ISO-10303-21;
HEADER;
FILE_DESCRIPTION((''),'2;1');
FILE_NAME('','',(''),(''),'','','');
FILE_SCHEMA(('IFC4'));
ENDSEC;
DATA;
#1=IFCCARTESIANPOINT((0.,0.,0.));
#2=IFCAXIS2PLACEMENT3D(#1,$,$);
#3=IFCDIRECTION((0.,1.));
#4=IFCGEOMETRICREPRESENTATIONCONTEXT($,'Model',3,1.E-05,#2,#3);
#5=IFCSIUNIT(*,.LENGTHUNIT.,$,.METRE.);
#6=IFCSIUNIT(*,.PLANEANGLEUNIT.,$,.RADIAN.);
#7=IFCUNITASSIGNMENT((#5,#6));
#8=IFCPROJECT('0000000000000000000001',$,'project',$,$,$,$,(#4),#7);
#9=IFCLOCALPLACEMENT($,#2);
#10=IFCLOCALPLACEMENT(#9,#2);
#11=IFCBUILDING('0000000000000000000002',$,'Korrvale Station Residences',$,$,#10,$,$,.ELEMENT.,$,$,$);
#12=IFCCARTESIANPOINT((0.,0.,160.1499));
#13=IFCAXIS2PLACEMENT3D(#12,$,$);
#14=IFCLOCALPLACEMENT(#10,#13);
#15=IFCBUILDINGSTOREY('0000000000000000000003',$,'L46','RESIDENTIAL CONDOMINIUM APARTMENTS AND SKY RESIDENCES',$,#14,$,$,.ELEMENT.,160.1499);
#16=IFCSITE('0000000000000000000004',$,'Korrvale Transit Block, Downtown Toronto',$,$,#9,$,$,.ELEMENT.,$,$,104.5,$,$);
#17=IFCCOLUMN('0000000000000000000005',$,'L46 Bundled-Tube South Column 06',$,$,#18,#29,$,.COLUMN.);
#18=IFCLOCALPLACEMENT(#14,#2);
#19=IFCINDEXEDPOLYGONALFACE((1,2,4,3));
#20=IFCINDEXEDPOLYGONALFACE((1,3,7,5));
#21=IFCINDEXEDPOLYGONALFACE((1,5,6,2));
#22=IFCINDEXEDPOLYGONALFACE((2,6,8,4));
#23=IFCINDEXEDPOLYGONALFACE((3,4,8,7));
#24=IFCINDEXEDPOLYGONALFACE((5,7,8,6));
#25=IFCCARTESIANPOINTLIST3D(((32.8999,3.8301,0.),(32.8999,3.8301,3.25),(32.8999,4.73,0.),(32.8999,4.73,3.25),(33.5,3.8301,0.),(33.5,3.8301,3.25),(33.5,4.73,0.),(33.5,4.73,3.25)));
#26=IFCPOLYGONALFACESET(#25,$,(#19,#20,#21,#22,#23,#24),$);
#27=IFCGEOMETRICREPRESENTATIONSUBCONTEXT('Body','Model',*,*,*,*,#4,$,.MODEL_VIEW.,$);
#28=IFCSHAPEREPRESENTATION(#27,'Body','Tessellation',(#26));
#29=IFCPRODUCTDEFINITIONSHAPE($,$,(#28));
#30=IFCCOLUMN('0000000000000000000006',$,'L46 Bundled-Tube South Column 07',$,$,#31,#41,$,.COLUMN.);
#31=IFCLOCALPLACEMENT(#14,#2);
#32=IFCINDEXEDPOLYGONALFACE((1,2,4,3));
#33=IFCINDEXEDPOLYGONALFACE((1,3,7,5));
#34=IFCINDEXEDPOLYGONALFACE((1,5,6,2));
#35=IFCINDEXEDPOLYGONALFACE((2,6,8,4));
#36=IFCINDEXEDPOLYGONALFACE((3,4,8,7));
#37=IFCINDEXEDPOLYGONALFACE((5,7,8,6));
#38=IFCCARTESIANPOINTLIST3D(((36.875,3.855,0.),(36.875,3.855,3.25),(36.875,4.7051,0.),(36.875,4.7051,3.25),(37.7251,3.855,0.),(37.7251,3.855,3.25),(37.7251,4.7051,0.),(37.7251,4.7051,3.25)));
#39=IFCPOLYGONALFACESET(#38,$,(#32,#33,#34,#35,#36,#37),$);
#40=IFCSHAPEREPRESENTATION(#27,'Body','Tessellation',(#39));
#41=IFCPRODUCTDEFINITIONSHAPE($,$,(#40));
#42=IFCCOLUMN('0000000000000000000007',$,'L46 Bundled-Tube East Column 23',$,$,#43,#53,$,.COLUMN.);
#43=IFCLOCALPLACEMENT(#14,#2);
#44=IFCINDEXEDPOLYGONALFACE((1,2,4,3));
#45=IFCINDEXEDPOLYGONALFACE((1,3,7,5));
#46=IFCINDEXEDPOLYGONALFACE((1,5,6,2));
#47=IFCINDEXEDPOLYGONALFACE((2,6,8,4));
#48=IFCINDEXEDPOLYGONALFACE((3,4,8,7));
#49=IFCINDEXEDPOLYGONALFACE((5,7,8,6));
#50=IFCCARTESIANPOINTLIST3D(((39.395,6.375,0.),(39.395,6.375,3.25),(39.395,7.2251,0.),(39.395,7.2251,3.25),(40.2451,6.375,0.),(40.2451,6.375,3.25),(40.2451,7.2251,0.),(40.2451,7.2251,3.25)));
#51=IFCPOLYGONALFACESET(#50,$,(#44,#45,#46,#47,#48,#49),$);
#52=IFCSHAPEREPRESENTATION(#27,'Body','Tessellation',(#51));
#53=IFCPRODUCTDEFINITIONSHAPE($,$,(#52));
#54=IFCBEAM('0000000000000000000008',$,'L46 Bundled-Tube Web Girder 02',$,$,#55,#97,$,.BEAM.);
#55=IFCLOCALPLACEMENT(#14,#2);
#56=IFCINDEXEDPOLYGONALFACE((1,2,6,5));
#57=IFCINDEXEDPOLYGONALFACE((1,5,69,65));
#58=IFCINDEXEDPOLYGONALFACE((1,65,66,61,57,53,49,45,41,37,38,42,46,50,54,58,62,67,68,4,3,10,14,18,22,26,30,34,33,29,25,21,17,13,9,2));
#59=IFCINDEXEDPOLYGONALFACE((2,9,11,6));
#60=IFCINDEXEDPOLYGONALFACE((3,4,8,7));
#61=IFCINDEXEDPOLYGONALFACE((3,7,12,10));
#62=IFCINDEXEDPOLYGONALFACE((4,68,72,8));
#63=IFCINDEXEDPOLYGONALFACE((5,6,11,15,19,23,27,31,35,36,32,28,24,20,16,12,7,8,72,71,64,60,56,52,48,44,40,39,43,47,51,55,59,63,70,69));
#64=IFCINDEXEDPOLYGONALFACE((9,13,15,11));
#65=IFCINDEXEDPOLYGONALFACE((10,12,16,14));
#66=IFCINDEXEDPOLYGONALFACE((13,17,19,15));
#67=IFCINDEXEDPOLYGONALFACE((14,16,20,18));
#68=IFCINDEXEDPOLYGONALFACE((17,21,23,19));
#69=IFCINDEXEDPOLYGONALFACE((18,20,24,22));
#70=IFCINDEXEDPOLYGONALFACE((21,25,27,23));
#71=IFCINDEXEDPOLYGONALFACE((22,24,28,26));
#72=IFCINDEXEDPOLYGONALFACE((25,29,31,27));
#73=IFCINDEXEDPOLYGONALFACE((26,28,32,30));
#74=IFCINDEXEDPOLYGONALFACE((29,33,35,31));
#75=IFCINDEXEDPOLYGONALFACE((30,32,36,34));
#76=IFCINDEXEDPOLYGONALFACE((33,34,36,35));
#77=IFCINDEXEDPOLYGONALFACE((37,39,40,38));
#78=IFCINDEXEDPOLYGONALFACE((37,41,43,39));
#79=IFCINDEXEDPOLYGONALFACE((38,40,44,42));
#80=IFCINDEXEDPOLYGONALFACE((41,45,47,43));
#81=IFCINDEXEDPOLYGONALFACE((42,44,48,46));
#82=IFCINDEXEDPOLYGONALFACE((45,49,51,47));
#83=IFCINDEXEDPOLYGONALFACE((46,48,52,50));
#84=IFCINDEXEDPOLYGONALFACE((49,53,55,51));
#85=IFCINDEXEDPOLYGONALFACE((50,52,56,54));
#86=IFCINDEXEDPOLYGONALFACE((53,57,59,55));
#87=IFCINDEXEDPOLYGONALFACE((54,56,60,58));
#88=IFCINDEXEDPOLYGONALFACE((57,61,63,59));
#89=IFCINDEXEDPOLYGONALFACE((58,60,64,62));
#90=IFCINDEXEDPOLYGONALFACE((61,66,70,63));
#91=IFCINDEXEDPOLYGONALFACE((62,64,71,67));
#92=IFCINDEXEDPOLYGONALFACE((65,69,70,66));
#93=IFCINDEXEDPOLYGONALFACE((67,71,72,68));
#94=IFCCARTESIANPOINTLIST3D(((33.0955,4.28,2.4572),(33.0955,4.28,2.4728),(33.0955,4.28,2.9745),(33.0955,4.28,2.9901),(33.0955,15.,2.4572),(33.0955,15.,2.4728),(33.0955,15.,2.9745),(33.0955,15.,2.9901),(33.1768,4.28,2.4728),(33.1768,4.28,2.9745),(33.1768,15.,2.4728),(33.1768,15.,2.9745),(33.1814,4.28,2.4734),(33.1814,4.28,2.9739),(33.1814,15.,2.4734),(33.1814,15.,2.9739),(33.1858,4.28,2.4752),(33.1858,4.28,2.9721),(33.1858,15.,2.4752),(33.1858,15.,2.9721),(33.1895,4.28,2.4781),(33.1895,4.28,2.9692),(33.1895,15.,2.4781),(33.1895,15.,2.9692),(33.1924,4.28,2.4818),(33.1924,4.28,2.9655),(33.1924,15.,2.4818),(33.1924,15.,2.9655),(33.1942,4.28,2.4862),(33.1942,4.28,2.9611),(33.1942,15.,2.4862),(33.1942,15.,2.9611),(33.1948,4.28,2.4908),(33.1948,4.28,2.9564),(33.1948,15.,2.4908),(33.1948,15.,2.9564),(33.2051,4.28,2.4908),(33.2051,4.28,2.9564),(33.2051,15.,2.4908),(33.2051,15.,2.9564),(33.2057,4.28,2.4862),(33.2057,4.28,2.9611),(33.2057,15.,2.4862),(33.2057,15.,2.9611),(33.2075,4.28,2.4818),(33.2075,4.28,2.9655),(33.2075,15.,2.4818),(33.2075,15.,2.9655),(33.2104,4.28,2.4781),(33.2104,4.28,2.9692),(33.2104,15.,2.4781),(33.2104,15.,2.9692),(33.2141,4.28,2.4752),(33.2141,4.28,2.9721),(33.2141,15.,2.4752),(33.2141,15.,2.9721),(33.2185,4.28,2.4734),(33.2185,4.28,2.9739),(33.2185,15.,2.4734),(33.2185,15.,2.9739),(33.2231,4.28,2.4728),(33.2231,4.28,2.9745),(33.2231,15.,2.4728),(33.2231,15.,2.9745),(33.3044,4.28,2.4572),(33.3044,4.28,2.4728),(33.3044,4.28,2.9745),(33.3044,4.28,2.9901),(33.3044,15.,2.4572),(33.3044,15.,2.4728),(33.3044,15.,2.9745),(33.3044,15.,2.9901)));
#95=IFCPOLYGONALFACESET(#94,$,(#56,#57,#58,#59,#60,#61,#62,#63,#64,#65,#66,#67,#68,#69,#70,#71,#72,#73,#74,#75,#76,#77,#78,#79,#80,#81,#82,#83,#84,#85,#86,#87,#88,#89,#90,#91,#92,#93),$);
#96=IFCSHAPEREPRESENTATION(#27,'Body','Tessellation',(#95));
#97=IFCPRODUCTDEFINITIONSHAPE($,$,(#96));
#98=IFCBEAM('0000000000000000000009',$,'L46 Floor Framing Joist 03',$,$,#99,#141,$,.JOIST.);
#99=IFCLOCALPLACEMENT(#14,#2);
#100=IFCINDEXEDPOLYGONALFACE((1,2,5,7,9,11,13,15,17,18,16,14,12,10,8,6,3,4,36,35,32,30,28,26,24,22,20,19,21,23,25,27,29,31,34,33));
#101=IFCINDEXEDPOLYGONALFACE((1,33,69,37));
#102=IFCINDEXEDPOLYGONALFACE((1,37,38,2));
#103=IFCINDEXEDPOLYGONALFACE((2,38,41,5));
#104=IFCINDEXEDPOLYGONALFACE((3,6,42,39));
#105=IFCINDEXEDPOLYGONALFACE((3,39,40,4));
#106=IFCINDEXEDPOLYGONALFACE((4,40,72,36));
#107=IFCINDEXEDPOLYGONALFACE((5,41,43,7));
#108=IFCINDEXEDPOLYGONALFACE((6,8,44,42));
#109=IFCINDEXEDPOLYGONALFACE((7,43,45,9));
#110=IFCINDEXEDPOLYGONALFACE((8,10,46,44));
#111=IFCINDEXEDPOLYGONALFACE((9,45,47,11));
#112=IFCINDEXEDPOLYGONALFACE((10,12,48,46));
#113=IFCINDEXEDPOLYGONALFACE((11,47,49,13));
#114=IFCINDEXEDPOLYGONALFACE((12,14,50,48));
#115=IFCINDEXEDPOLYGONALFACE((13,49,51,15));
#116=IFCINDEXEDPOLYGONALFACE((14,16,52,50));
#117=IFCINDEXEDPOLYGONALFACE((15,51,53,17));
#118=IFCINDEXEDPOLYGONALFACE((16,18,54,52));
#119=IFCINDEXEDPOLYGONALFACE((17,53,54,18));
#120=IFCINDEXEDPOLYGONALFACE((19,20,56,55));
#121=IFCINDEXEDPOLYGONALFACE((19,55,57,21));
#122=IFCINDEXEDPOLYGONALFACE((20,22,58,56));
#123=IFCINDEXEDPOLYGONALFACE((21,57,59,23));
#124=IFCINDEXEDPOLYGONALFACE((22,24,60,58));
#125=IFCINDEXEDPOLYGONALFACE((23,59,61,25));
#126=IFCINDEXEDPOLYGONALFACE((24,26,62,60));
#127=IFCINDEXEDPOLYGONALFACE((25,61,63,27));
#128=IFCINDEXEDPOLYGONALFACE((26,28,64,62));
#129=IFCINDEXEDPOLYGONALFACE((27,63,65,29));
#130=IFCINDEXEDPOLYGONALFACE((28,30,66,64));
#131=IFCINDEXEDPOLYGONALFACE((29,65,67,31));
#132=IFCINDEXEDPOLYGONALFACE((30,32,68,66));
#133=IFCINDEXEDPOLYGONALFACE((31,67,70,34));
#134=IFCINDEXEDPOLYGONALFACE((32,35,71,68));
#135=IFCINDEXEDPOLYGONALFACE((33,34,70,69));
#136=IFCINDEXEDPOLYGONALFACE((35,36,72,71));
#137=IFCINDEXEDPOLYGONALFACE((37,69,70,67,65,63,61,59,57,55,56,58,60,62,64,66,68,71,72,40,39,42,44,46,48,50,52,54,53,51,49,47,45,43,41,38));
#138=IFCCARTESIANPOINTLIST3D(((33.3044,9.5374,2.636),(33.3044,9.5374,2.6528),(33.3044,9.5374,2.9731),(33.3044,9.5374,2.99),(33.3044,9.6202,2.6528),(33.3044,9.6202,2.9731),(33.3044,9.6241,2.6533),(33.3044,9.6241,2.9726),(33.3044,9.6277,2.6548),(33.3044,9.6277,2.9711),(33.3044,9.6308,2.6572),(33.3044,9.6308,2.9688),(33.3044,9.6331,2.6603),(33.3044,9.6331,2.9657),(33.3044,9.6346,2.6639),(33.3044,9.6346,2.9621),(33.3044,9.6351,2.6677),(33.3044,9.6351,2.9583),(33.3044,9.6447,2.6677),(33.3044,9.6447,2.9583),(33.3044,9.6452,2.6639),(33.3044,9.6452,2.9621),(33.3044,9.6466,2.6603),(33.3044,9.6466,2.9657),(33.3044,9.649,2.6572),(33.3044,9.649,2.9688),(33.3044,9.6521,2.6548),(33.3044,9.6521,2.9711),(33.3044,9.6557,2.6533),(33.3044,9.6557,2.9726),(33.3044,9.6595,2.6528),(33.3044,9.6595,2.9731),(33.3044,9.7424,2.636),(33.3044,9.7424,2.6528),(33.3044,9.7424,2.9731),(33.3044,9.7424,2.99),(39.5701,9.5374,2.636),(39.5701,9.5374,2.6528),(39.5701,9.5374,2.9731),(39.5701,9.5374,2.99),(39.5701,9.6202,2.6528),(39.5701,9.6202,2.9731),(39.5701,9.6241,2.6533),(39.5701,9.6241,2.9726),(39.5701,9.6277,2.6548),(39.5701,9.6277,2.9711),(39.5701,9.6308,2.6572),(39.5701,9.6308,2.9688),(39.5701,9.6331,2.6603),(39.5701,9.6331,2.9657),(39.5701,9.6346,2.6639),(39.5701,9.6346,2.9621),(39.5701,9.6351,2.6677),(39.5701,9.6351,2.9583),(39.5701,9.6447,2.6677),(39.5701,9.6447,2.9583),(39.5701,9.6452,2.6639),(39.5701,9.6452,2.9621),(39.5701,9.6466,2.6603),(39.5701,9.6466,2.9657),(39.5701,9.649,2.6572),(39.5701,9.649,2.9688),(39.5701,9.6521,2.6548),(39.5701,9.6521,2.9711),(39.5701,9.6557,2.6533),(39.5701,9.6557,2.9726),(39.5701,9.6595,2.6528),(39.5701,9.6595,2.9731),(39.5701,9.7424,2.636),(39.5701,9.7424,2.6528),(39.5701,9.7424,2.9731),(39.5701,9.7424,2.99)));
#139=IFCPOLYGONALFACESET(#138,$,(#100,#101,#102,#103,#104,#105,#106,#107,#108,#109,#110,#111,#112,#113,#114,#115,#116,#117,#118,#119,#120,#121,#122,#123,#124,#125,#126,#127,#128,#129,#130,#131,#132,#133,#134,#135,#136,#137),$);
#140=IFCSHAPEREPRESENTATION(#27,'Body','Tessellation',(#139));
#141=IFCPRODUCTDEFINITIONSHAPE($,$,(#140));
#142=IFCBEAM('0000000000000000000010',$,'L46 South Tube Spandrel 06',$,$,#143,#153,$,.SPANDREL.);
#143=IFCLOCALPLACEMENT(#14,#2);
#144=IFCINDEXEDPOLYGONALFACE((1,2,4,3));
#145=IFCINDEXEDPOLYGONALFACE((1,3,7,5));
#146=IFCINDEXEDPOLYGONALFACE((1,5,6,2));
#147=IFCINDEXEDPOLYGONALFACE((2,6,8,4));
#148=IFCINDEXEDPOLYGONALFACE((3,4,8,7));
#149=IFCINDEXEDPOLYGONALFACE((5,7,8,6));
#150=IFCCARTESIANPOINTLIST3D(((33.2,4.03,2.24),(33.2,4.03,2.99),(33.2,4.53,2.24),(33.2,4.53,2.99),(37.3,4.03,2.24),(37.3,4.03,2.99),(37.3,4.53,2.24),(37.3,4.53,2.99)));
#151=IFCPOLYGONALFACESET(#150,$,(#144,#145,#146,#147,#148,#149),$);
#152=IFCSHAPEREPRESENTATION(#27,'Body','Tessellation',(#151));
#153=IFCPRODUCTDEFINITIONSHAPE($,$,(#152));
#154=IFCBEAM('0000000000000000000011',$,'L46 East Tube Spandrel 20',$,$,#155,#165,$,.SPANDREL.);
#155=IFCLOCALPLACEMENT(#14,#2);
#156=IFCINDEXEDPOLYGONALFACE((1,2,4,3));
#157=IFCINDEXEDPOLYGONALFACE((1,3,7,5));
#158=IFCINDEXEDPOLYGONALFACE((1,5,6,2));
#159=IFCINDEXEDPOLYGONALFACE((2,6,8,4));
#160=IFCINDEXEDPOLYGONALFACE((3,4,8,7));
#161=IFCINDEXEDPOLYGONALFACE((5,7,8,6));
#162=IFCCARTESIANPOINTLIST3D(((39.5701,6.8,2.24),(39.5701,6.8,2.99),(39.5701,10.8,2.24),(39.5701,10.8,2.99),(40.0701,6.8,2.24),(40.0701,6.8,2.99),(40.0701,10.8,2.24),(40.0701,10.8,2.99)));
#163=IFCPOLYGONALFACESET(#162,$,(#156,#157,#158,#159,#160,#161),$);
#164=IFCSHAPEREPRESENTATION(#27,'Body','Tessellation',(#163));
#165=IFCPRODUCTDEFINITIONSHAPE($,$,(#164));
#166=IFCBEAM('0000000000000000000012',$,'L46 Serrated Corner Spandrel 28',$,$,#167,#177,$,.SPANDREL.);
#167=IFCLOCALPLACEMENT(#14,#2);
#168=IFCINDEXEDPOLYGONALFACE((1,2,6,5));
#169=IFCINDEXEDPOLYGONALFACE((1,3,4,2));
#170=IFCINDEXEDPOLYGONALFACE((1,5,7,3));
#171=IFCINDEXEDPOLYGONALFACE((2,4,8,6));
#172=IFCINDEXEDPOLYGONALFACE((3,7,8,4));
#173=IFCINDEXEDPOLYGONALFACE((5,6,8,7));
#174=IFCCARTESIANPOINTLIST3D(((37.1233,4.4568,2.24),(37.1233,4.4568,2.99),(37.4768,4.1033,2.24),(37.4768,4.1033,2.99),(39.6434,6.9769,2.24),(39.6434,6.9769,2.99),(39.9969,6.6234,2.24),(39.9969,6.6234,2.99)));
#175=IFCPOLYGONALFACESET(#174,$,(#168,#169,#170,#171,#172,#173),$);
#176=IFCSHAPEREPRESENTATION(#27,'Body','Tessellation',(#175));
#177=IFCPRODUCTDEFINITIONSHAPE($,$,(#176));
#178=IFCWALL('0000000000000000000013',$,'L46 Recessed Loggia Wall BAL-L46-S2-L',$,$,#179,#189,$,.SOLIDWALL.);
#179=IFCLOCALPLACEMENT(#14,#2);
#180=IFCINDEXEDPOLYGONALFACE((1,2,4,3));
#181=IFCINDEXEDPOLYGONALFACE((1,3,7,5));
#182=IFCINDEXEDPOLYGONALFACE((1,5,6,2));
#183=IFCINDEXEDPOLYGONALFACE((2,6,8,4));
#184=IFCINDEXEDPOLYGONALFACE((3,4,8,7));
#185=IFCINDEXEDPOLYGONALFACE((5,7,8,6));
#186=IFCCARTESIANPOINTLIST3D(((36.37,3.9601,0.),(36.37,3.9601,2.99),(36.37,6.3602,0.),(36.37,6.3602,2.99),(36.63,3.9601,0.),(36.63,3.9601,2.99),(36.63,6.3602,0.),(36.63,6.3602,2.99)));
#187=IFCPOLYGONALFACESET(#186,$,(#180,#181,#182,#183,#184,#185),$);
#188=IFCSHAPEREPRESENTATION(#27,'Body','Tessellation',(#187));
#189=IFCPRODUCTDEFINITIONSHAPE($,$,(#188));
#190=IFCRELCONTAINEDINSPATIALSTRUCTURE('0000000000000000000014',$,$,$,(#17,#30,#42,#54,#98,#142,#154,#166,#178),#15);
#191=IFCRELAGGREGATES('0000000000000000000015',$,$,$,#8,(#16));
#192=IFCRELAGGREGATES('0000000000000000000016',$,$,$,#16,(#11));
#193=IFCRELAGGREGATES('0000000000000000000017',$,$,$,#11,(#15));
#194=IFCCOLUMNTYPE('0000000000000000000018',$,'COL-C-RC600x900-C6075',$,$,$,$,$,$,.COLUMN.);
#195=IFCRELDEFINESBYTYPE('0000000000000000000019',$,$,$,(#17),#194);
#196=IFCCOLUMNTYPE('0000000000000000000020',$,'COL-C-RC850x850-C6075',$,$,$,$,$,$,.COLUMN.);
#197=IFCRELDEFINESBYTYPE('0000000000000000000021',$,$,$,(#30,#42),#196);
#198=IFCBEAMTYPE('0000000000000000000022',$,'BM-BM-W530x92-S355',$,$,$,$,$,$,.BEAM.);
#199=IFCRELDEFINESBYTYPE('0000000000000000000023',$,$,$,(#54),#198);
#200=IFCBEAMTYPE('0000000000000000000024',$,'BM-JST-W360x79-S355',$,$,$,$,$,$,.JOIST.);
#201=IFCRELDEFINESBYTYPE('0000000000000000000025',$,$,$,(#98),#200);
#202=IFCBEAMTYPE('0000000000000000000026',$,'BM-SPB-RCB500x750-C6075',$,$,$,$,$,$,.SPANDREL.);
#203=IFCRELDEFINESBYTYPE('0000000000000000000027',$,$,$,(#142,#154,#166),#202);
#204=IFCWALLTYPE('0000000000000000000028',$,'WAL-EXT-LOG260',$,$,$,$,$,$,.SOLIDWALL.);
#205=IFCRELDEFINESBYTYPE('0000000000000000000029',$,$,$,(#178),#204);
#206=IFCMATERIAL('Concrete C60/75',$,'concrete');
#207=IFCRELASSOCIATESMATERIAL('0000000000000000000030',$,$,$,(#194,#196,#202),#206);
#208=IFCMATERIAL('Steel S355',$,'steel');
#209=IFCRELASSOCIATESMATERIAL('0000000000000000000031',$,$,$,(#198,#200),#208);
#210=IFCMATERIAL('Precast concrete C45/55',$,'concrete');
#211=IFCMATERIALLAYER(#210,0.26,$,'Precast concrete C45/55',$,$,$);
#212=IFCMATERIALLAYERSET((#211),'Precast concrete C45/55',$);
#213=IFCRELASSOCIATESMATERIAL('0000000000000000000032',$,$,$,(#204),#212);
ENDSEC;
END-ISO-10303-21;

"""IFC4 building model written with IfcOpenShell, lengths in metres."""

from ifc_helpers import new_model, si_unit, direction, frame, frame_2d, origin, origin_2d, place, context, subcontext, project, spatial, rectangle, i_section, extrude, material, layer, layer_set, material_profile, profile_set, type_object, element, save


model = new_model("IFC4")

# Units and contexts
model_context = context("Model", 3, precision=1e-05, world=origin(), true_north=direction((0.0, 1.0)))
body_context = subcontext(model_context, "Body", "Model", "MODEL_VIEW")
ifc_project = project(units=[si_unit("LENGTHUNIT", "METRE"), si_unit("PLANEANGLEUNIT", "RADIAN")], contexts=[model_context])

# Site, building, storey
site_placement = place(None, origin())
site = spatial("IfcSite", under=ifc_project, at=site_placement, Name="Korrvale Transit Block, Downtown Toronto", CompositionType="ELEMENT", RefElevation=104.5)
building_placement = place(site_placement, origin())
building = spatial("IfcBuilding", under=site, at=building_placement, Name="Korrvale Station Residences", CompositionType="ELEMENT")
storey_placement = place(building_placement, frame((0.0, 0.0, 160.1499)))
storey = spatial("IfcBuildingStorey", under=building, at=storey_placement, Name="L46", Description="RESIDENTIAL CONDOMINIUM APARTMENTS AND SKY RESIDENCES", CompositionType="ELEMENT", Elevation=160.1499)

# Columns
ifc_material_1 = material(Name="Concrete C60/75", Category="concrete")
ifc_material_profile_1 = material_profile(ifc_material_1, rectangle(XDim=0.6001, YDim=0.8999, at=origin_2d()), Name="RC600x900")
ifc_profile_set_1 = profile_set([ifc_material_profile_1], Name="Concrete C60/75")
column_type_1 = type_object("IfcColumnType", Name="COL-C-RC600x900-C6075", PredefinedType="COLUMN", material=ifc_profile_set_1)
column_placement = place(storey_placement, frame((33.2, 4.28, 0.0), z_axis=(0.0, 0.0, 1.0), x_axis=(1.0, 0.0, 0.0)))
element("IfcColumn", 1, at=column_placement, inside=storey, type_object=column_type_1, Name="L46 Bundled-Tube South Column 06", PredefinedType="COLUMN", context=body_context, shape_type="SweptSolid", body=[
    extrude(rectangle(XDim=0.6001, YDim=0.8999, at=origin_2d()), origin(), (0.0, 0.0, 1.0), 3.25),
])
ifc_material_profile_2 = material_profile(ifc_material_1, rectangle(XDim=0.8501, YDim=0.8501, at=origin_2d()), Name="RC850x850")
ifc_profile_set_2 = profile_set([ifc_material_profile_2], Name="Concrete C60/75")
column_type_2 = type_object("IfcColumnType", Name="COL-C-RC850x850-C6075", PredefinedType="COLUMN", material=ifc_profile_set_2)
for number, where, z_axis, x_axis, name in (
    (2, (37.3, 4.28, 0.0), (0.0, 0.0, 1.0), (1.0, 0.0, 0.0), "L46 Bundled-Tube South Column 07"),
    (3, (39.8201, 6.8, 0.0), (0.0, 0.0, 1.0), (1.0, 0.0, 0.0), "L46 Bundled-Tube East Column 23"),
):
    element("IfcColumn", number, at=place(storey_placement, frame(where, z_axis=z_axis, x_axis=x_axis)), inside=storey, type_object=column_type_2, Name=name, PredefinedType="COLUMN", context=body_context, shape_type="SweptSolid", body=[
        extrude(rectangle(XDim=0.8501, YDim=0.8501, at=origin_2d()), origin(), (0.0, 0.0, 1.0), 3.25),
    ])

# Beams
ifc_material_2 = material(Name="Steel S355", Category="steel")
ifc_material_profile_3 = material_profile(ifc_material_2, i_section(OverallWidth=0.209, OverallDepth=0.533, WebThickness=0.0103, FlangeThickness=0.0156, FilletRadius=0.0181, at=origin_2d()), Name="W530x92")
ifc_profile_set_3 = profile_set([ifc_material_profile_3], Name="Steel S355")
beam_type_1 = type_object("IfcBeamType", Name="BM-BM-W530x92-S355", PredefinedType="BEAM", material=ifc_profile_set_3)
beam_1_placement = place(storey_placement, frame((33.2, 4.28, 2.7236), z_axis=(0.0, 1.0, 0.0), x_axis=(-1.0, 0.0, 0.0)))
element("IfcBeam", 4, at=beam_1_placement, inside=storey, type_object=beam_type_1, Name="L46 Bundled-Tube Web Girder 02", PredefinedType="BEAM", context=body_context, shape_type="SweptSolid", body=[
    extrude(i_section(OverallWidth=0.209, OverallDepth=0.533, WebThickness=0.0103, FlangeThickness=0.0156, FilletRadius=0.0181, at=origin_2d()), origin(), (0.0, 0.0, 1.0), 10.72),
])
ifc_material_profile_4 = material_profile(ifc_material_2, i_section(OverallWidth=0.2051, OverallDepth=0.354, WebThickness=0.0095, FlangeThickness=0.0168, FilletRadius=0.0149, at=origin_2d()), Name="W360x79")
ifc_profile_set_4 = profile_set([ifc_material_profile_4], Name="Steel S355")
beam_type_2 = type_object("IfcBeamType", Name="BM-JST-W360x79-S355", PredefinedType="JOIST", material=ifc_profile_set_4)
beam_2_placement = place(storey_placement, frame((33.3044, 9.6399, 2.813), z_axis=(1.0, 0.0, 0.0), x_axis=(0.0, 1.0, 0.0)))
element("IfcBeam", 5, at=beam_2_placement, inside=storey, type_object=beam_type_2, Name="L46 Floor Framing Joist 03", PredefinedType="JOIST", context=body_context, shape_type="SweptSolid", body=[
    extrude(i_section(OverallWidth=0.2051, OverallDepth=0.354, WebThickness=0.0095, FlangeThickness=0.0168, FilletRadius=0.0149, at=origin_2d()), origin(), (0.0, 0.0, 1.0), 6.2656),
])
ifc_material_profile_5 = material_profile(ifc_material_1, rectangle(XDim=0.5, YDim=0.75, at=origin_2d()), Name="RCB500x750")
ifc_profile_set_5 = profile_set([ifc_material_profile_5], Name="Concrete C60/75")
beam_type_3 = type_object("IfcBeamType", Name="BM-SPB-RCB500x750-C6075", PredefinedType="SPANDREL", material=ifc_profile_set_5)
beam_3_placement = place(storey_placement, frame((33.2, 4.28, 2.615), z_axis=(1.0, 0.0, 0.0), x_axis=(0.0, 1.0, 0.0)))
element("IfcBeam", 6, at=beam_3_placement, inside=storey, type_object=beam_type_3, Name="L46 South Tube Spandrel 06", PredefinedType="SPANDREL", context=body_context, shape_type="SweptSolid", body=[
    extrude(rectangle(XDim=0.5, YDim=0.75, at=origin_2d()), origin(), (0.0, 0.0, 1.0), 4.1001),
])
beam_4_placement = place(storey_placement, frame((39.8201, 6.8, 2.615), z_axis=(0.0, 1.0, 0.0), x_axis=(-1.0, 0.0, 0.0)))
element("IfcBeam", 7, at=beam_4_placement, inside=storey, type_object=beam_type_3, Name="L46 East Tube Spandrel 20", PredefinedType="SPANDREL", context=body_context, shape_type="SweptSolid", body=[
    extrude(rectangle(XDim=0.5, YDim=0.75, at=origin_2d()), origin(), (0.0, 0.0, 1.0), 4.0),
])
beam_5_placement = place(storey_placement, frame((37.3, 4.28, 2.615), z_axis=(0.707107, 0.707107, 0.0), x_axis=(-0.707107, 0.707107, 0.0)))
element("IfcBeam", 8, at=beam_5_placement, inside=storey, type_object=beam_type_3, Name="L46 Serrated Corner Spandrel 28", PredefinedType="SPANDREL", context=body_context, shape_type="SweptSolid", body=[
    extrude(rectangle(XDim=0.5, YDim=0.75, at=origin_2d()), origin(), (0.0, 0.0, 1.0), 3.564),
])

# Wall
ifc_material_3 = material(Name="Precast concrete C45/55", Category="concrete")
ifc_layer_1 = layer(ifc_material_3, 0.26, Name="Precast concrete C45/55")
ifc_layer_set_1 = layer_set([ifc_layer_1], Name="Precast concrete C45/55")
wall_type_1 = type_object("IfcWallType", Name="WAL-EXT-LOG260", PredefinedType="SOLIDWALL", material=ifc_layer_set_1)
wall_1_placement = place(storey_placement, frame((36.5, 3.96, 0.0), z_axis=(0.0, 0.0, 1.0), x_axis=(0.0, 1.0, 0.0)))
element("IfcWall", 9, at=wall_1_placement, inside=storey, type_object=wall_type_1, Name="L46 Recessed Loggia Wall BAL-L46-S2-L", PredefinedType="SOLIDWALL", context=body_context, shape_type="SweptSolid", body=[
    extrude(rectangle(XDim=2.4001, YDim=0.26, at=frame_2d((1.2002, 0.0))), origin(), (0.0, 0.0, 1.0), 2.99),
])

save(model, "model.ifc")
